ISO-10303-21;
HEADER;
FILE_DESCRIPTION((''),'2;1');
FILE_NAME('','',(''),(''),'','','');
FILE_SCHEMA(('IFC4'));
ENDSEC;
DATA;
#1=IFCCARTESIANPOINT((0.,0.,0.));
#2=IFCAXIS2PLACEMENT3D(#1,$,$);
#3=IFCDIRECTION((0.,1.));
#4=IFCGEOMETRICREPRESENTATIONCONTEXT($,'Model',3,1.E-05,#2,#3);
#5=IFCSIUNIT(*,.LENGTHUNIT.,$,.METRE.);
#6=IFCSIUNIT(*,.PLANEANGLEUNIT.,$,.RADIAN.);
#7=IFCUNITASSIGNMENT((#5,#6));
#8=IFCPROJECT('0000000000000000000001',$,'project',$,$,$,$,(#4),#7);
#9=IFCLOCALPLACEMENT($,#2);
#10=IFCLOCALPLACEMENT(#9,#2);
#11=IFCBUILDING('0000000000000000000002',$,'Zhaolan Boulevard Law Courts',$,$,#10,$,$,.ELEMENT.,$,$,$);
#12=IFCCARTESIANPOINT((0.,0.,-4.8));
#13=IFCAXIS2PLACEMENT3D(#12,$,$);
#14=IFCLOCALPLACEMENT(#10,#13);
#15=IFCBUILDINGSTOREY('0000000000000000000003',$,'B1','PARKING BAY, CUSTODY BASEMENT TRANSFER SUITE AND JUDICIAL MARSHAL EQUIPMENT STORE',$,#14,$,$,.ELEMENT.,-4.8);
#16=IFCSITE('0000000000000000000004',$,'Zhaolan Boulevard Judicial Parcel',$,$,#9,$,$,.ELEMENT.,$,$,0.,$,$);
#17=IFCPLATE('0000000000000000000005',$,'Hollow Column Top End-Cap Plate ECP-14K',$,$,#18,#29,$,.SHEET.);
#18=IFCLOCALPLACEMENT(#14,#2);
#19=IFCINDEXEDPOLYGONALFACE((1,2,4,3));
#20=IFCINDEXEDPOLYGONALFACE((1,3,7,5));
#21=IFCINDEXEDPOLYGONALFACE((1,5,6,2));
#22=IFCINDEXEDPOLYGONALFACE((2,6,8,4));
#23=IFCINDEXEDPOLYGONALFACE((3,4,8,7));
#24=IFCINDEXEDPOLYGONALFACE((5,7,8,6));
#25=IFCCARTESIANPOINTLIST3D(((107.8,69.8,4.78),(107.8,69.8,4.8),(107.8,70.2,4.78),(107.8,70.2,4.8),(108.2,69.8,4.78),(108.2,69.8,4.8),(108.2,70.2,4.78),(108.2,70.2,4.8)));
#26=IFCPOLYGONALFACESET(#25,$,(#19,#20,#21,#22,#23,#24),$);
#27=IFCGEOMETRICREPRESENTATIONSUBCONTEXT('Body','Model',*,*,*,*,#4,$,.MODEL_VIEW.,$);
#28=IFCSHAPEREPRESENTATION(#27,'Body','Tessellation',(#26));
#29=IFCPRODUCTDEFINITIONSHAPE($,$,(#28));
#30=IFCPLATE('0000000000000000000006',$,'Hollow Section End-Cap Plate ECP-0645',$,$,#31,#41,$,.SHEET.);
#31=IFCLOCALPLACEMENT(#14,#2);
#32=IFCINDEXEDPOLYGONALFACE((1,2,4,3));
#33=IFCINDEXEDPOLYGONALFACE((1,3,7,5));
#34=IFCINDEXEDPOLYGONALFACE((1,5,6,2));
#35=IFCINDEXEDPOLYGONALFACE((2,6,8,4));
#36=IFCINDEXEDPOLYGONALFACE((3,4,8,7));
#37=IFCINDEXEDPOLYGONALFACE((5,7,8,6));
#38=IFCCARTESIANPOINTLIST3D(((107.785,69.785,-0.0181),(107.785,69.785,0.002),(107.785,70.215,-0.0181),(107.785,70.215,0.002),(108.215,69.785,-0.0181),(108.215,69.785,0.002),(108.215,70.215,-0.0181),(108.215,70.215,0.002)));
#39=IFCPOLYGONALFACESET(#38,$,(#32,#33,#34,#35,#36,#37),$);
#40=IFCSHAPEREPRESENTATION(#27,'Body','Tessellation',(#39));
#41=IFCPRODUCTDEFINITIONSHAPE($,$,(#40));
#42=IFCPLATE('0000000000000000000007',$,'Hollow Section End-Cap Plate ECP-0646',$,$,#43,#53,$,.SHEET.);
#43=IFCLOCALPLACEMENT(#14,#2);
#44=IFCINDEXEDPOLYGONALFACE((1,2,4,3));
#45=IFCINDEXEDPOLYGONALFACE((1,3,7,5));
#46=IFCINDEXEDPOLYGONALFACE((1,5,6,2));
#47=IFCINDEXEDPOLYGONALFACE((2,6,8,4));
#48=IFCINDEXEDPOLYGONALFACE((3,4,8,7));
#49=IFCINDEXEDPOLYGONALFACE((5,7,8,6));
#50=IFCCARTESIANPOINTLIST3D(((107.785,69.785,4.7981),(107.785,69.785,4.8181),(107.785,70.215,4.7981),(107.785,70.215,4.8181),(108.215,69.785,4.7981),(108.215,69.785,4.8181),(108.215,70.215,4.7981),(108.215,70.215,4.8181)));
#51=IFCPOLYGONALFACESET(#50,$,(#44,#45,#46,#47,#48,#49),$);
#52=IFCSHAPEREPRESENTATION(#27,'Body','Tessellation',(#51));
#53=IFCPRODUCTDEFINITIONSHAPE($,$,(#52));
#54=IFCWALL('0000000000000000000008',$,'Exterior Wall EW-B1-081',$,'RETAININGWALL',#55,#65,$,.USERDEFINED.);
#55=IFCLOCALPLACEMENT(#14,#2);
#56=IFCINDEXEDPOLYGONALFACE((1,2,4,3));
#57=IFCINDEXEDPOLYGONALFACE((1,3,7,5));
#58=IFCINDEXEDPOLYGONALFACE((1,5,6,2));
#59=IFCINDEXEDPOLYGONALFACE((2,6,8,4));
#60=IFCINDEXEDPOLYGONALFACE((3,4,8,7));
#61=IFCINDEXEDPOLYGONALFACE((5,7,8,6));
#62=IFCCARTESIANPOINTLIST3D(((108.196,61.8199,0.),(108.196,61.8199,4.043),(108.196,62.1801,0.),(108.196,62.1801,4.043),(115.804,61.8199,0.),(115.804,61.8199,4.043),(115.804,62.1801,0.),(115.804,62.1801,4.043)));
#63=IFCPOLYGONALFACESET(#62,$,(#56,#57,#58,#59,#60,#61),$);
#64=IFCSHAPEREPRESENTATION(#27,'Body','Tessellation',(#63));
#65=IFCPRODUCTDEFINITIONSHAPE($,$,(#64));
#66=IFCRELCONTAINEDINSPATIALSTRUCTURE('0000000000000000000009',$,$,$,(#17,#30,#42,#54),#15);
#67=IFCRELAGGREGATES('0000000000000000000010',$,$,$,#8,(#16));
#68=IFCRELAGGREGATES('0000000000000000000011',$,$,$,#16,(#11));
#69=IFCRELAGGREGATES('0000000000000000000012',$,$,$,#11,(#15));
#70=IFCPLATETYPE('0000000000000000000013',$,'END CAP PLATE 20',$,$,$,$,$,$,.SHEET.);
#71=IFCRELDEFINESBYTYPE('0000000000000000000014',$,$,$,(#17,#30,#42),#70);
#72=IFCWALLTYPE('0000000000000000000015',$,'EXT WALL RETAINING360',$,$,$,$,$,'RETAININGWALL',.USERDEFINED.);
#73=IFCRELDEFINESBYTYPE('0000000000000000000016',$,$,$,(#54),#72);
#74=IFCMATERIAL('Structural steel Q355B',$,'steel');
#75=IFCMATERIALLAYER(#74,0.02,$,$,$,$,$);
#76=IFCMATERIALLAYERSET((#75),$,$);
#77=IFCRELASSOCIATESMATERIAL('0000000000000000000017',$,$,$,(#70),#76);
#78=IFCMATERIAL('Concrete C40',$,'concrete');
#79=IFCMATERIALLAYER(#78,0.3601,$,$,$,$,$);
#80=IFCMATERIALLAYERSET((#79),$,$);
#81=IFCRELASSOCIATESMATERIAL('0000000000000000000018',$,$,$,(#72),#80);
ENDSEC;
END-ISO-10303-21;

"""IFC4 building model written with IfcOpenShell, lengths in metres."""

from ifc_helpers import new_model, si_unit, direction, frame, frame_2d, origin, origin_2d, place, context, subcontext, project, spatial, rectangle, extrude, material, layer, layer_set, type_object, element, save


model = new_model("IFC4")

# Units and contexts
model_context = context("Model", 3, precision=1e-05, world=origin(), true_north=direction((0.0, 1.0)))
body_context = subcontext(model_context, "Body", "Model", "MODEL_VIEW")
ifc_project = project(units=[si_unit("LENGTHUNIT", "METRE"), si_unit("PLANEANGLEUNIT", "RADIAN")], contexts=[model_context])

# Site, building, storey
site_placement = place(None, origin())
site = spatial("IfcSite", under=ifc_project, at=site_placement, Name="Zhaolan Boulevard Judicial Parcel", CompositionType="ELEMENT", RefElevation=0.0)
building_placement = place(site_placement, origin())
building = spatial("IfcBuilding", under=site, at=building_placement, Name="Zhaolan Boulevard Law Courts", CompositionType="ELEMENT")
storey_placement = place(building_placement, frame((0.0, 0.0, -4.8)))
storey = spatial("IfcBuildingStorey", under=building, at=storey_placement, Name="B1", Description="PARKING BAY, CUSTODY BASEMENT TRANSFER SUITE AND JUDICIAL MARSHAL EQUIPMENT STORE", CompositionType="ELEMENT", Elevation=-4.8)

# Plates
ifc_material_1 = material(Name="Structural steel Q355B", Category="steel")
ifc_layer_1 = layer(ifc_material_1, 0.02)
ifc_layer_set_1 = layer_set([ifc_layer_1])
plate_type = type_object("IfcPlateType", Name="END CAP PLATE 20", PredefinedType="SHEET", material=ifc_layer_set_1)
plate_placement = place(storey_placement, frame((108.0, 70.0, 4.78), z_axis=(0.0, 0.0, 1.0), x_axis=(1.0, 0.0, 0.0)))
element("IfcPlate", 1, at=plate_placement, inside=storey, type_object=plate_type, Name="Hollow Column Top End-Cap Plate ECP-14K", PredefinedType="SHEET", context=body_context, shape_type="SweptSolid", body=[
    extrude(rectangle(XDim=0.3999, YDim=0.3999, at=origin_2d()), origin(), (0.0, 0.0, 1.0), 0.02),
])
for number, where, z_axis, x_axis, name in (
    (2, (108.0, 70.0, -0.0181), (0.0, 0.0, 1.0), (1.0, 0.0, 0.0), "Hollow Section End-Cap Plate ECP-0645"),
    (3, (108.0, 70.0, 4.7981), (0.0, 0.0, 1.0), (1.0, 0.0, 0.0), "Hollow Section End-Cap Plate ECP-0646"),
):
    element("IfcPlate", number, at=place(storey_placement, frame(where, z_axis=z_axis, x_axis=x_axis)), inside=storey, type_object=plate_type, Name=name, PredefinedType="SHEET", context=body_context, shape_type="SweptSolid", body=[
        extrude(rectangle(XDim=0.4299, YDim=0.4299, at=origin_2d()), origin(), (0.0, 0.0, 1.0), 0.02),
    ])

# Wall
ifc_material_2 = material(Name="Concrete C40", Category="concrete")
ifc_layer_2 = layer(ifc_material_2, 0.3601)
ifc_layer_set_2 = layer_set([ifc_layer_2])
wall_type = type_object("IfcWallType", Name="EXT WALL RETAINING360", ElementType="RETAININGWALL", PredefinedType="USERDEFINED", material=ifc_layer_set_2)
wall_placement = place(storey_placement, frame((108.196, 62.0, 0.0), z_axis=(0.0, 0.0, 1.0), x_axis=(1.0, 0.0, 0.0)))
element("IfcWall", 4, at=wall_placement, inside=storey, type_object=wall_type, Name="Exterior Wall EW-B1-081", ObjectType="RETAININGWALL", PredefinedType="USERDEFINED", context=body_context, shape_type="SweptSolid", body=[
    extrude(rectangle(XDim=7.6079, YDim=0.3601, at=frame_2d((3.804, 0.0))), origin(), (0.0, 0.0, 1.0), 4.043),
])

save(model, "model.ifc")
